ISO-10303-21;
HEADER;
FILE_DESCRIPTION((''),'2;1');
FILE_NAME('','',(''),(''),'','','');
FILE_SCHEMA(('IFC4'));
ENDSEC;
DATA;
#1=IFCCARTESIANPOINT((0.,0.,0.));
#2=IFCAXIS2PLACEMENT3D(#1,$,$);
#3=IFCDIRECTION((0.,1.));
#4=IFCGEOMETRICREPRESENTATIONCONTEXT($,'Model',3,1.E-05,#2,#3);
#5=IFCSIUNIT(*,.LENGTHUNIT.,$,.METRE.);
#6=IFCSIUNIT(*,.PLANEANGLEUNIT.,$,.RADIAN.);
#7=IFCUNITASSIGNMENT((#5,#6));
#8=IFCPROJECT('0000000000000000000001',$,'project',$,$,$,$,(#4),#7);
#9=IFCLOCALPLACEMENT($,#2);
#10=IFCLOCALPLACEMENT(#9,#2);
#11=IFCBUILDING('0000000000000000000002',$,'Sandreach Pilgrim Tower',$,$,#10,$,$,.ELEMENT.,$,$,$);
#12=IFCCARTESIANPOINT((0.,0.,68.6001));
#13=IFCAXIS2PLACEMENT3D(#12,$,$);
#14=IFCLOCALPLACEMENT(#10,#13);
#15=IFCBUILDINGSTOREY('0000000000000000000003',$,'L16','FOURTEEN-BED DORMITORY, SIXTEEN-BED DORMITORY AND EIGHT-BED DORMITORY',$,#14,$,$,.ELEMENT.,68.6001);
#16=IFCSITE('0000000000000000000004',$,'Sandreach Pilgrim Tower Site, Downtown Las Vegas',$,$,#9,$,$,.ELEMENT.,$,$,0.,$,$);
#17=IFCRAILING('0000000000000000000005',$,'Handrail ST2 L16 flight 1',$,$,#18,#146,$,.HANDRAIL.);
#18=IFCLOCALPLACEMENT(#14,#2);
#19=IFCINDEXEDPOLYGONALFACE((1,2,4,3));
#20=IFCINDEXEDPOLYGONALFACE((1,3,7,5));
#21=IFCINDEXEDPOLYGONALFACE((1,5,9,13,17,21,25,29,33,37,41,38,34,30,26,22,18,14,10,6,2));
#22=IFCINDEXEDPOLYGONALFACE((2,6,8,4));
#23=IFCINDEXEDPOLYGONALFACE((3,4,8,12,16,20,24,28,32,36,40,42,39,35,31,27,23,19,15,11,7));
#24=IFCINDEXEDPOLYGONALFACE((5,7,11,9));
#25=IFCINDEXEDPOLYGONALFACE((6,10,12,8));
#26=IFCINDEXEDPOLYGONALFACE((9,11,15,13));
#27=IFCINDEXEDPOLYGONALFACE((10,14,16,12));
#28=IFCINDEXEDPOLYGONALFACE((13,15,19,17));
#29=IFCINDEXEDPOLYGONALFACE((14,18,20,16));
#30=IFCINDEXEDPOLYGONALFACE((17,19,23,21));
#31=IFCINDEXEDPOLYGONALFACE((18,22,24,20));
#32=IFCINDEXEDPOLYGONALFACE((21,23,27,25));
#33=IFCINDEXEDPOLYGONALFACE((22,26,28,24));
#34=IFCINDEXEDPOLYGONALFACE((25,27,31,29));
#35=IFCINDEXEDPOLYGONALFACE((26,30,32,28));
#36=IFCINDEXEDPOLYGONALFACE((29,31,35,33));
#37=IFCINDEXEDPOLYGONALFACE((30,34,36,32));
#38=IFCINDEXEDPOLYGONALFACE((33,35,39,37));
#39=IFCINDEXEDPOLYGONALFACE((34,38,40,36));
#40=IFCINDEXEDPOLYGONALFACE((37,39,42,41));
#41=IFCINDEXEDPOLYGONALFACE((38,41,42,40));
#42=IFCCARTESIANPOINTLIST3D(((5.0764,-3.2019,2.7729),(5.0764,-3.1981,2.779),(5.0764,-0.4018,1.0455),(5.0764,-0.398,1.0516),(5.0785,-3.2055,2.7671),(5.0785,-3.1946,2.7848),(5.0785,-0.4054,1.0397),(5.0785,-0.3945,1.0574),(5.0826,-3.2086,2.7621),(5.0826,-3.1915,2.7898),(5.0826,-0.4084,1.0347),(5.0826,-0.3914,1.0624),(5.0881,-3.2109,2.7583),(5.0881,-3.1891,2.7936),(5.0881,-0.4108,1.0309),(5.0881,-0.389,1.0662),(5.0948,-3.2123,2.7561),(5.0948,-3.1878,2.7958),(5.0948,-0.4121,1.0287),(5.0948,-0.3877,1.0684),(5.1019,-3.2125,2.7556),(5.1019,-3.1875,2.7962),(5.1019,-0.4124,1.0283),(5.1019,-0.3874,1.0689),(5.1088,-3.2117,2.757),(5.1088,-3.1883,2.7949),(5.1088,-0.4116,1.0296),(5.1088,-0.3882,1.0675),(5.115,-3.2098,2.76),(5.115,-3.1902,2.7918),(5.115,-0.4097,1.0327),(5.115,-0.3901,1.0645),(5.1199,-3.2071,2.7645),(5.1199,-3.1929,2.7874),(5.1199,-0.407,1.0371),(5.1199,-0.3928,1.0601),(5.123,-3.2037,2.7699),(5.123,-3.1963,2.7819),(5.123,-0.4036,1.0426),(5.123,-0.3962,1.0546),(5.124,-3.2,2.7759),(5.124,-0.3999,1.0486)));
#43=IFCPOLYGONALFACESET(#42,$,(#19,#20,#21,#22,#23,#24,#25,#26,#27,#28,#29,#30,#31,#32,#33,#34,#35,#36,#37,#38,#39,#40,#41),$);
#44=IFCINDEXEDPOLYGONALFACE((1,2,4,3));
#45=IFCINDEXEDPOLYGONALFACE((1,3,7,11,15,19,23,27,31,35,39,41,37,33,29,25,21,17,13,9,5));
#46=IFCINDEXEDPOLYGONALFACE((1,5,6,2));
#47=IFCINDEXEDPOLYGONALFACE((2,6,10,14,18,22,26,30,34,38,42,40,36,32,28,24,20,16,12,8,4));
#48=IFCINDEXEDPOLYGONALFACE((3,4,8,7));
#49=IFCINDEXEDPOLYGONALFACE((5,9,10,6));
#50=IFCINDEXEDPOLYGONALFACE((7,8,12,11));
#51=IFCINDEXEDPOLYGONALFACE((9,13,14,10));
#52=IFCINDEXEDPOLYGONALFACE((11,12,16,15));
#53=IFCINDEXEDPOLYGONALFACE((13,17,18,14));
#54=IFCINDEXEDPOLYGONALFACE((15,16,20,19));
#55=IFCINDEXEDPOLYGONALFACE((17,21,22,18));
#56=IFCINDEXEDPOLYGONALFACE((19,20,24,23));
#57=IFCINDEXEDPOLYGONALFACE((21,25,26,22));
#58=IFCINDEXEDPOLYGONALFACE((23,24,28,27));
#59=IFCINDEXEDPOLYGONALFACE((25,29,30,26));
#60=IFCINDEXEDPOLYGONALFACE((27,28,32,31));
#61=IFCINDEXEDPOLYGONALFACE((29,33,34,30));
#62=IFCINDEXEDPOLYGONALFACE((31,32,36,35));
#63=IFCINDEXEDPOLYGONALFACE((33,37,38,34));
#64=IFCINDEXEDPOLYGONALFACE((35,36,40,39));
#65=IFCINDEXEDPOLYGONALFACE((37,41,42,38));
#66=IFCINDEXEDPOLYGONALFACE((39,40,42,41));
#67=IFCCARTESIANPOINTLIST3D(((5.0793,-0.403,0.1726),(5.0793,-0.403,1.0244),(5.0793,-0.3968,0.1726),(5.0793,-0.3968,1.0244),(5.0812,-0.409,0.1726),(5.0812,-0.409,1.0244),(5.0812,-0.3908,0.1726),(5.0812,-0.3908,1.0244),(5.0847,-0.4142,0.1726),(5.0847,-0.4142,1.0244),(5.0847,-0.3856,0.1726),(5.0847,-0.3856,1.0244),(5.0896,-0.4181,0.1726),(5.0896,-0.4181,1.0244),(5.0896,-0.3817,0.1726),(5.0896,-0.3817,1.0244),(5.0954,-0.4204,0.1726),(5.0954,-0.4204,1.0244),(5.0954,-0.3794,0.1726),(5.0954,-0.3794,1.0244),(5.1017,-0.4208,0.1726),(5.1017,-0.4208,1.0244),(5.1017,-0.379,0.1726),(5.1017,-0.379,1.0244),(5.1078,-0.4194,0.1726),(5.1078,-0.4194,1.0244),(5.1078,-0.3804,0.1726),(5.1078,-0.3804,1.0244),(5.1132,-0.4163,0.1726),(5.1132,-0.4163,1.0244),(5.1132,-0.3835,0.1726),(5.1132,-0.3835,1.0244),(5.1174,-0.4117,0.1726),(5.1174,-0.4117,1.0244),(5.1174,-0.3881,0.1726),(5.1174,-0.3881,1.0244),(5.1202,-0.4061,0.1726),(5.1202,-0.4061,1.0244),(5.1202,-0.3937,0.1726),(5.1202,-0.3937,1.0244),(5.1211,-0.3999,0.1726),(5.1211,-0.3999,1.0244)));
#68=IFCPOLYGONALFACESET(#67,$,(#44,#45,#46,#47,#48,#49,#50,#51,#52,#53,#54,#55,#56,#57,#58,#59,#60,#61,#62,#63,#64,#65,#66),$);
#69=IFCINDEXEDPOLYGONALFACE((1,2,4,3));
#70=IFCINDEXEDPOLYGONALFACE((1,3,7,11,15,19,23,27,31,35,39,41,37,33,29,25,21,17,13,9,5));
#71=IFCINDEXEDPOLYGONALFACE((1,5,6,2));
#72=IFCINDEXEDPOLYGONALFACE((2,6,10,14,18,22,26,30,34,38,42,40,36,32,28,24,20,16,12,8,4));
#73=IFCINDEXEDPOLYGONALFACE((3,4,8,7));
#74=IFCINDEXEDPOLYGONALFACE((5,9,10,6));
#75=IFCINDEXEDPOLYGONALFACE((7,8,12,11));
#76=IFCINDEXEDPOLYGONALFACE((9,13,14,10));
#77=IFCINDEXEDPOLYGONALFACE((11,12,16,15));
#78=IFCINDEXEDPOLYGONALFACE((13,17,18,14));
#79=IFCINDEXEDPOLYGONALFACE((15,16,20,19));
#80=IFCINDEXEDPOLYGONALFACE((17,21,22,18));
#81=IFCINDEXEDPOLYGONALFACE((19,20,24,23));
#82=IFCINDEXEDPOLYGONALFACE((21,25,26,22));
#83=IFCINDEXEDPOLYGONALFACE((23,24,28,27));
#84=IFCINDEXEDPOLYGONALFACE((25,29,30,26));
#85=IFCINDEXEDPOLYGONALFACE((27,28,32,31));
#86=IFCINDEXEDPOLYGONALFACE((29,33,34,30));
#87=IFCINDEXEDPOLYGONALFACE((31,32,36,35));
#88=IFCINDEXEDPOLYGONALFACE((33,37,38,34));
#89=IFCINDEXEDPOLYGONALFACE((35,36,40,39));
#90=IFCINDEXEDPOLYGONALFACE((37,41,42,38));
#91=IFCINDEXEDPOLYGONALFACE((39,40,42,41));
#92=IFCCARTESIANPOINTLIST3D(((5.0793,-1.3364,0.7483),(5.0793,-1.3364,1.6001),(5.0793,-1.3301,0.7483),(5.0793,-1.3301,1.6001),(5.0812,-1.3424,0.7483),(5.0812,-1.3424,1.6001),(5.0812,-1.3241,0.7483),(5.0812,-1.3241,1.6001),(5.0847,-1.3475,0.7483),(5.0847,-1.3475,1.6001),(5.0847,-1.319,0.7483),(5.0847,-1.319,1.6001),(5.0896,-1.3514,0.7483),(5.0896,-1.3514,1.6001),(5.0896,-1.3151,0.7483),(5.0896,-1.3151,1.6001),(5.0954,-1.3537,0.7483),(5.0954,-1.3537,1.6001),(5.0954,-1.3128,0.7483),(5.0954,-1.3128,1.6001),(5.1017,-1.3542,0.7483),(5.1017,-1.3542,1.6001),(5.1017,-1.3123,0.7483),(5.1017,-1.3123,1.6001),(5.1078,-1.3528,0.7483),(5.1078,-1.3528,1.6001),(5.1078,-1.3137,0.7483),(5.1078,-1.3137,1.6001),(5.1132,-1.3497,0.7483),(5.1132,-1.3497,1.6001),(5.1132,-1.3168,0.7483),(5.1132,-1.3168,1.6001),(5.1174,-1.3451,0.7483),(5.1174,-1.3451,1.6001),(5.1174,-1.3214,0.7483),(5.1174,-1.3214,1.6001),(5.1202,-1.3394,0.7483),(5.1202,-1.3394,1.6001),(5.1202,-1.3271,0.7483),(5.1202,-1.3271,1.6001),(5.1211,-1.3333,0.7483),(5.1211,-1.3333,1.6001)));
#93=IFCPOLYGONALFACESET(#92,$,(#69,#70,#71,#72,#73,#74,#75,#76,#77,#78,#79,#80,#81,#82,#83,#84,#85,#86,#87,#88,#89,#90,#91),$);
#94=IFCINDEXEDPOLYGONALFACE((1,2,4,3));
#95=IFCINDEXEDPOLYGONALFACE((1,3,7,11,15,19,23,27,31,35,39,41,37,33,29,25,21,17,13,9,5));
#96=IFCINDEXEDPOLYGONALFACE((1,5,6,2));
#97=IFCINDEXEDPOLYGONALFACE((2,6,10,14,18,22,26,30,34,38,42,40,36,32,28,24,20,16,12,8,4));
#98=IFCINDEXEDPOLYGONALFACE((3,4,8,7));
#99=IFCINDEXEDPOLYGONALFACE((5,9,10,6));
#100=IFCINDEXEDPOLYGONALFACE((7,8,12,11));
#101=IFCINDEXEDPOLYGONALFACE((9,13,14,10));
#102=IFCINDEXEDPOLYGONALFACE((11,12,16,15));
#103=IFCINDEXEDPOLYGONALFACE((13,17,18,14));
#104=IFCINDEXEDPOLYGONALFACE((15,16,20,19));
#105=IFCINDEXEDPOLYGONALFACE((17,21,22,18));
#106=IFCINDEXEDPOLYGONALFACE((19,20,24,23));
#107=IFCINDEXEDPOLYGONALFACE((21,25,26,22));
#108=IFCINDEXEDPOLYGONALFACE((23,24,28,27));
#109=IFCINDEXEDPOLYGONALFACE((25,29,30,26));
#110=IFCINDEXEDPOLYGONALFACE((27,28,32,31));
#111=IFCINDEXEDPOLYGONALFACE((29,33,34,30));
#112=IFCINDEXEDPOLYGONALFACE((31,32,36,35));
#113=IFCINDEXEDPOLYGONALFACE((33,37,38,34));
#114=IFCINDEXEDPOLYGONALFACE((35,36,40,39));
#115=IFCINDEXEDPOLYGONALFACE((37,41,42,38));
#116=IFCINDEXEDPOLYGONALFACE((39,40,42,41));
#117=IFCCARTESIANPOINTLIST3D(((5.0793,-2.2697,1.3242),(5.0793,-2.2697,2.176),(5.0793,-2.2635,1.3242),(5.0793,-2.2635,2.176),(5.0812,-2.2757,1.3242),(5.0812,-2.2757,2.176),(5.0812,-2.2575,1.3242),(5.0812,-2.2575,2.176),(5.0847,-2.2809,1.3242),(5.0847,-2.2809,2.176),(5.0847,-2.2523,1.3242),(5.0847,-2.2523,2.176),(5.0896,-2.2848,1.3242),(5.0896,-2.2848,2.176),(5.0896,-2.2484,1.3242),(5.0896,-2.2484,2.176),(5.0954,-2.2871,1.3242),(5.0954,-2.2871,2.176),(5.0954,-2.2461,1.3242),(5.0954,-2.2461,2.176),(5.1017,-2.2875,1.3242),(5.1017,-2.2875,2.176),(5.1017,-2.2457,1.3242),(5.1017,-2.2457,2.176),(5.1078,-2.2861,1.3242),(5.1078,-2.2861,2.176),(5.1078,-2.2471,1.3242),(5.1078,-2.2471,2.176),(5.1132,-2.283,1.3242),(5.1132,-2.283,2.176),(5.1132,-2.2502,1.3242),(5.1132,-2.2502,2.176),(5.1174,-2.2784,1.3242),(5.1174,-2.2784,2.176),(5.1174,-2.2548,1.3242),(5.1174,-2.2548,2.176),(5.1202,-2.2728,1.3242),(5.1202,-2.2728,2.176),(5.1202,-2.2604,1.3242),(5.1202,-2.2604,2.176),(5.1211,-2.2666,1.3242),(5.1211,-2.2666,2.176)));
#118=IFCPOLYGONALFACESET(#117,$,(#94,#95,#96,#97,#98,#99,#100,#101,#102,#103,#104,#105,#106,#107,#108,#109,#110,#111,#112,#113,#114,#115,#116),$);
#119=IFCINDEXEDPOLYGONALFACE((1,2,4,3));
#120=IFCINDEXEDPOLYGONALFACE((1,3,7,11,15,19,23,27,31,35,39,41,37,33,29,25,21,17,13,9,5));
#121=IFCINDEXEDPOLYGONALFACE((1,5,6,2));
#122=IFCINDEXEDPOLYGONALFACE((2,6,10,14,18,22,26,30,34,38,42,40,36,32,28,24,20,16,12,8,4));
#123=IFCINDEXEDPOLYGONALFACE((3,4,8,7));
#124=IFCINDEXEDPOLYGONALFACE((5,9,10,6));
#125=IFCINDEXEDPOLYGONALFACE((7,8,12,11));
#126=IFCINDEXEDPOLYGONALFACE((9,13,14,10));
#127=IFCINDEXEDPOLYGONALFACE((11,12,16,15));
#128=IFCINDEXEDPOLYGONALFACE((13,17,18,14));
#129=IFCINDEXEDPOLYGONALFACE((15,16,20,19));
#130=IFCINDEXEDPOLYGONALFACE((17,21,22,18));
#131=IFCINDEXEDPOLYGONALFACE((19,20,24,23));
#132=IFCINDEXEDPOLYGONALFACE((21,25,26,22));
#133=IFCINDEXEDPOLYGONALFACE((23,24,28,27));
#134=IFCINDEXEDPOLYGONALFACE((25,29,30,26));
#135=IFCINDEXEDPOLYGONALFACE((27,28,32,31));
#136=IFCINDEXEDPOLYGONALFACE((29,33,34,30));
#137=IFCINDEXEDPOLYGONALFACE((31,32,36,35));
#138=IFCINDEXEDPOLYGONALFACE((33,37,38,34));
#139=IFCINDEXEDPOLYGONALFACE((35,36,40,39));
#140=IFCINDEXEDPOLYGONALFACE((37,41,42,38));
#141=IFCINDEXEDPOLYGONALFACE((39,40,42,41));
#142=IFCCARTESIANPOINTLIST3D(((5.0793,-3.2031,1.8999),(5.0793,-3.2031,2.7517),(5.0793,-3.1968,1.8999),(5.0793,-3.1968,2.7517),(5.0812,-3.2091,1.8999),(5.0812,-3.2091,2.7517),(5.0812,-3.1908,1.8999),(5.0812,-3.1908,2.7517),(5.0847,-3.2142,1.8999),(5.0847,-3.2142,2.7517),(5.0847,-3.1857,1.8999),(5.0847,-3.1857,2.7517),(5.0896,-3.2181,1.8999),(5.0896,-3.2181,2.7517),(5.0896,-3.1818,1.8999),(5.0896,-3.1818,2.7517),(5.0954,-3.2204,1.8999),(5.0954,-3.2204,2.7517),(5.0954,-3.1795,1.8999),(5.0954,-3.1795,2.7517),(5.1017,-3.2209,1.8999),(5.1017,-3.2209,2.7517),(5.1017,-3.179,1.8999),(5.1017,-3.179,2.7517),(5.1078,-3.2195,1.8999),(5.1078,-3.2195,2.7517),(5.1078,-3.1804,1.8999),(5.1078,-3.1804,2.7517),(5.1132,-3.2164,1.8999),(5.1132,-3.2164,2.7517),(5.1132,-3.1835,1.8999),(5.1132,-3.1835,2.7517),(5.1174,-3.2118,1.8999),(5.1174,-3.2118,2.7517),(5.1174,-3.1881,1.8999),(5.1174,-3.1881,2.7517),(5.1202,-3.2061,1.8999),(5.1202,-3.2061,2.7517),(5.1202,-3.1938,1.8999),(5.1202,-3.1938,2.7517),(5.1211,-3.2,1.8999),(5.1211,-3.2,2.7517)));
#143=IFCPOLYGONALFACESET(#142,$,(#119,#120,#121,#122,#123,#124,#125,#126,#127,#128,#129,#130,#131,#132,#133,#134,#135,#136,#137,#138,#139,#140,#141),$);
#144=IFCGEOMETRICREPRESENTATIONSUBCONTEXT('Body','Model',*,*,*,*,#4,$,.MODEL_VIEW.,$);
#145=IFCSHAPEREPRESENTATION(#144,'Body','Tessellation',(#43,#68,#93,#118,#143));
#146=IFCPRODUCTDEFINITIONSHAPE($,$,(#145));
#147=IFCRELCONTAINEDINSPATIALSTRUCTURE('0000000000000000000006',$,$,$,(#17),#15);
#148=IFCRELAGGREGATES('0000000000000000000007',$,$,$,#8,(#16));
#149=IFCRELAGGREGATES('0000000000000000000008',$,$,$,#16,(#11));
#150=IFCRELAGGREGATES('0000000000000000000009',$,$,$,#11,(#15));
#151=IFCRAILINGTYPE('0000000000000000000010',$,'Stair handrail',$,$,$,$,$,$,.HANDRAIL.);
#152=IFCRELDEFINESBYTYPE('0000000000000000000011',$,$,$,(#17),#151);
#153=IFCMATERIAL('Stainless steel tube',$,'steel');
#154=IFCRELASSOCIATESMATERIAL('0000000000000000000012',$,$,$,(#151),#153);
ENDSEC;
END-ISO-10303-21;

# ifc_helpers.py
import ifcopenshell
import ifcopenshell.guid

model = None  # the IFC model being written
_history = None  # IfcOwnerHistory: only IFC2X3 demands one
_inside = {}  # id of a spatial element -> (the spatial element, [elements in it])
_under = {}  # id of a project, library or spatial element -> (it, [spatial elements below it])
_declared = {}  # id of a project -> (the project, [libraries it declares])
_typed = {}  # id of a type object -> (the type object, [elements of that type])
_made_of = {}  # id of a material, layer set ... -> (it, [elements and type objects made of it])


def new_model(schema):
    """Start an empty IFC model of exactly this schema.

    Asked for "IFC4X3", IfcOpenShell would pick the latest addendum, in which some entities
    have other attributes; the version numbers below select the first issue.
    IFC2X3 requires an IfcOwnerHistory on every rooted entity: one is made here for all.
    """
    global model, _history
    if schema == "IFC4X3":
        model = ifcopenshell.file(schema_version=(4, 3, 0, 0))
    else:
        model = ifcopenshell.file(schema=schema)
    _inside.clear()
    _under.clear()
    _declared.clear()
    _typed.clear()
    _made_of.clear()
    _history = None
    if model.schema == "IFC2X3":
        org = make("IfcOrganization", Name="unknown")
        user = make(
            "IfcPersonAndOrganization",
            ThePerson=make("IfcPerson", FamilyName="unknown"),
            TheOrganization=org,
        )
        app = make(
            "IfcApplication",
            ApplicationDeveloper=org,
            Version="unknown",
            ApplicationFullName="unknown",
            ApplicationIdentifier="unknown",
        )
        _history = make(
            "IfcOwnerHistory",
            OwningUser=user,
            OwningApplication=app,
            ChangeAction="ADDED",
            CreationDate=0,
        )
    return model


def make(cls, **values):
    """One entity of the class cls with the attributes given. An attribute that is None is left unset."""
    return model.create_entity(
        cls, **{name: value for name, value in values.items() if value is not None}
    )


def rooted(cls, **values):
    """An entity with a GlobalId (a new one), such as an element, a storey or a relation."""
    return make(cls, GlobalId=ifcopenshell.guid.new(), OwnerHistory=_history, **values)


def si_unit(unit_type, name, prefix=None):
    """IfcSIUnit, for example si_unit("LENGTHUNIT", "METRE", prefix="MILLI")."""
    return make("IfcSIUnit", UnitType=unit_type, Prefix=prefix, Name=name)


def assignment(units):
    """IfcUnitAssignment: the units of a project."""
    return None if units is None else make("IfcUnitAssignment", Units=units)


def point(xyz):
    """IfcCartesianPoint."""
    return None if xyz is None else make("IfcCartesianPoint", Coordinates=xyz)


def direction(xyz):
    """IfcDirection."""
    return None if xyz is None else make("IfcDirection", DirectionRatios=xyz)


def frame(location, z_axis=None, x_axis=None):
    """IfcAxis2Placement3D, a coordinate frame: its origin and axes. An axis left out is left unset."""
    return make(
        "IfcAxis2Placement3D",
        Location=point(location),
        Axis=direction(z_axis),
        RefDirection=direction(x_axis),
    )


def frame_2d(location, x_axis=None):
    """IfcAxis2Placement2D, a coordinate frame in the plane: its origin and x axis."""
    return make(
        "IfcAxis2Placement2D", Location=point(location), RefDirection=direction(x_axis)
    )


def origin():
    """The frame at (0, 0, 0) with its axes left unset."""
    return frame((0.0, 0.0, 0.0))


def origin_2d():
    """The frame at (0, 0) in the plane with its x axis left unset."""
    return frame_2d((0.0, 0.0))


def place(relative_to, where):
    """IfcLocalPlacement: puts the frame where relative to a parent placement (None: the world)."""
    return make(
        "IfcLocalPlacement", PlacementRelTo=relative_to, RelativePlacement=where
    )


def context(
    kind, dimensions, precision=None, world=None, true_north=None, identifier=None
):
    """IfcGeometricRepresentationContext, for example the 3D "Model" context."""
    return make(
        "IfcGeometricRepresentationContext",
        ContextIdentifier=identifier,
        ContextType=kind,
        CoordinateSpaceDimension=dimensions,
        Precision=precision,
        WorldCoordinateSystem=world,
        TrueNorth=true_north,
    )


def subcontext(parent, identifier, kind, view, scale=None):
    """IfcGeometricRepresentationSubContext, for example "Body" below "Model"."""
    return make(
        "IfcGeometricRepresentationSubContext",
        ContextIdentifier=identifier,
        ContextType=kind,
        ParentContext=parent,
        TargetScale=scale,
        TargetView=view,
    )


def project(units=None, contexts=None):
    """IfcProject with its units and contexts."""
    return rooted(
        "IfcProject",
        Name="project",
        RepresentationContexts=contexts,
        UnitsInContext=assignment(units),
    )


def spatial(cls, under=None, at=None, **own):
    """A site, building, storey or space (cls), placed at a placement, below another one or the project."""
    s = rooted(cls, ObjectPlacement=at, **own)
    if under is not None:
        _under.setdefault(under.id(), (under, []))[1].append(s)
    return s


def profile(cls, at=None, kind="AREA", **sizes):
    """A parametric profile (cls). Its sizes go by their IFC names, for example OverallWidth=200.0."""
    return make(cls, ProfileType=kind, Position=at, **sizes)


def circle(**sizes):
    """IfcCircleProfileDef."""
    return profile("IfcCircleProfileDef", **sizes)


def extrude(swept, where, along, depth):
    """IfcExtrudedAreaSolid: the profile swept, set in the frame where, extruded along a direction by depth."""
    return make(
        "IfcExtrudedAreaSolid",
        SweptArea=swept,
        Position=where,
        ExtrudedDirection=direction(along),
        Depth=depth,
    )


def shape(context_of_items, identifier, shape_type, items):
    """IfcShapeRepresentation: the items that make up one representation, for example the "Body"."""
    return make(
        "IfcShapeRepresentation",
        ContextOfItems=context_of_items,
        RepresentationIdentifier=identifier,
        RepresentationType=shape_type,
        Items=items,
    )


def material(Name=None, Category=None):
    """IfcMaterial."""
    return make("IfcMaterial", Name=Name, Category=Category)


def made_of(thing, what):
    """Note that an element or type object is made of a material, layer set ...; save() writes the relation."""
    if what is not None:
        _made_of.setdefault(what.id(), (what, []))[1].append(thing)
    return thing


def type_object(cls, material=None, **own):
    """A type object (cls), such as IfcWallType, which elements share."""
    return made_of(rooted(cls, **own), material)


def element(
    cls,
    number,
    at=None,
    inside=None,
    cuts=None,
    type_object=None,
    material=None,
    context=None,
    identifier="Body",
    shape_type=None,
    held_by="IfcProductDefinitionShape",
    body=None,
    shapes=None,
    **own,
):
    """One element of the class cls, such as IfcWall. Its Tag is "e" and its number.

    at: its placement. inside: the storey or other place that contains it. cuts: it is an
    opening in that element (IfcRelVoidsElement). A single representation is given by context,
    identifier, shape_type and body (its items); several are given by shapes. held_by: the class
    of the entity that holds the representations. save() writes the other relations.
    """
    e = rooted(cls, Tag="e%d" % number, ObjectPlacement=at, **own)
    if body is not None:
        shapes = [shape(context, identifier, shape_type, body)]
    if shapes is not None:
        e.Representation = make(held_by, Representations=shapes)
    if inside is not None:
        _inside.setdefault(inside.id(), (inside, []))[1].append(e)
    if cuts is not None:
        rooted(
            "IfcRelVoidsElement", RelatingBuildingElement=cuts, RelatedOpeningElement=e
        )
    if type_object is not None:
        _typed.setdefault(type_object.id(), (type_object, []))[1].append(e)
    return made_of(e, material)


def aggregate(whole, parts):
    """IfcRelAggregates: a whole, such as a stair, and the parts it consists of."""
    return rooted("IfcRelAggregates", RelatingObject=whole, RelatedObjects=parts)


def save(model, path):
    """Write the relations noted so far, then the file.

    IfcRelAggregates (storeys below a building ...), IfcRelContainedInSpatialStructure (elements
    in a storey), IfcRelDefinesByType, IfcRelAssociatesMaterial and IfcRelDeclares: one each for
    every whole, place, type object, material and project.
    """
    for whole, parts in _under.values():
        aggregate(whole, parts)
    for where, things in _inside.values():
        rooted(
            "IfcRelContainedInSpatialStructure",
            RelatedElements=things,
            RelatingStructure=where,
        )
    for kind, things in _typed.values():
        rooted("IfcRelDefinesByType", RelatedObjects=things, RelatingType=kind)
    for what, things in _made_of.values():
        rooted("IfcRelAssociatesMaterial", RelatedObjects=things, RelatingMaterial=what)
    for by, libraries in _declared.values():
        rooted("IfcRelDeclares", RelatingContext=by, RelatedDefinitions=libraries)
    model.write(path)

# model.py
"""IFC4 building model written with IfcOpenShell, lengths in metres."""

from ifc_helpers import new_model, si_unit, direction, frame, origin, origin_2d, place, context, subcontext, project, spatial, circle, extrude, material, type_object, element, save


model = new_model("IFC4")

# Units and contexts
model_context = context("Model", 3, precision=1e-05, world=origin(), true_north=direction((0.0, 1.0)))
body_context = subcontext(model_context, "Body", "Model", "MODEL_VIEW")
ifc_project = project(units=[si_unit("LENGTHUNIT", "METRE"), si_unit("PLANEANGLEUNIT", "RADIAN")], contexts=[model_context])

# Site, building, storey
site_placement = place(None, origin())
site = spatial("IfcSite", under=ifc_project, at=site_placement, Name="Sandreach Pilgrim Tower Site, Downtown Las Vegas", CompositionType="ELEMENT", RefElevation=0.0)
building_placement = place(site_placement, origin())
building = spatial("IfcBuilding", under=site, at=building_placement, Name="Sandreach Pilgrim Tower", CompositionType="ELEMENT")
storey_placement = place(building_placement, frame((0.0, 0.0, 68.6001)))
storey = spatial("IfcBuildingStorey", under=building, at=storey_placement, Name="L16", Description="FOURTEEN-BED DORMITORY, SIXTEEN-BED DORMITORY AND EIGHT-BED DORMITORY", CompositionType="ELEMENT", Elevation=68.6001)

# Railing
ifc_material_1 = material(Name="Stainless steel tube", Category="steel")
railing_type = type_object("IfcRailingType", Name="Stair handrail", PredefinedType="HANDRAIL", material=ifc_material_1)
railing_placement = place(storey_placement, frame((5.1001, -0.3999, 0.1726)))
element("IfcRailing", 1, at=railing_placement, inside=storey, type_object=railing_type, Name="Handrail ST2 L16 flight 1", PredefinedType="HANDRAIL", context=body_context, shape_type="SweptSolid", body=[
    extrude(circle(Radius=0.0239, at=origin_2d()), frame((0.0, 0.0, 0.876), z_axis=(0.0, -0.85109, 0.52502), x_axis=(1.0, 0.0, 0.0)), (0.0, 0.0, 1.0), 3.29),
    extrude(circle(Radius=0.021, at=origin_2d()), origin(), (0.0, 0.0, 1.0), 0.8518),
    extrude(circle(Radius=0.021, at=origin_2d()), frame((0.0, -0.9333, 0.5757)), (0.0, 0.0, 1.0), 0.8518),
    extrude(circle(Radius=0.021, at=origin_2d()), frame((0.0, -1.8667, 1.1516)), (0.0, 0.0, 1.0), 0.8518),
    extrude(circle(Radius=0.021, at=origin_2d()), frame((0.0, -2.8, 1.7273)), (0.0, 0.0, 1.0), 0.8518),
])

save(model, "model.ifc")
